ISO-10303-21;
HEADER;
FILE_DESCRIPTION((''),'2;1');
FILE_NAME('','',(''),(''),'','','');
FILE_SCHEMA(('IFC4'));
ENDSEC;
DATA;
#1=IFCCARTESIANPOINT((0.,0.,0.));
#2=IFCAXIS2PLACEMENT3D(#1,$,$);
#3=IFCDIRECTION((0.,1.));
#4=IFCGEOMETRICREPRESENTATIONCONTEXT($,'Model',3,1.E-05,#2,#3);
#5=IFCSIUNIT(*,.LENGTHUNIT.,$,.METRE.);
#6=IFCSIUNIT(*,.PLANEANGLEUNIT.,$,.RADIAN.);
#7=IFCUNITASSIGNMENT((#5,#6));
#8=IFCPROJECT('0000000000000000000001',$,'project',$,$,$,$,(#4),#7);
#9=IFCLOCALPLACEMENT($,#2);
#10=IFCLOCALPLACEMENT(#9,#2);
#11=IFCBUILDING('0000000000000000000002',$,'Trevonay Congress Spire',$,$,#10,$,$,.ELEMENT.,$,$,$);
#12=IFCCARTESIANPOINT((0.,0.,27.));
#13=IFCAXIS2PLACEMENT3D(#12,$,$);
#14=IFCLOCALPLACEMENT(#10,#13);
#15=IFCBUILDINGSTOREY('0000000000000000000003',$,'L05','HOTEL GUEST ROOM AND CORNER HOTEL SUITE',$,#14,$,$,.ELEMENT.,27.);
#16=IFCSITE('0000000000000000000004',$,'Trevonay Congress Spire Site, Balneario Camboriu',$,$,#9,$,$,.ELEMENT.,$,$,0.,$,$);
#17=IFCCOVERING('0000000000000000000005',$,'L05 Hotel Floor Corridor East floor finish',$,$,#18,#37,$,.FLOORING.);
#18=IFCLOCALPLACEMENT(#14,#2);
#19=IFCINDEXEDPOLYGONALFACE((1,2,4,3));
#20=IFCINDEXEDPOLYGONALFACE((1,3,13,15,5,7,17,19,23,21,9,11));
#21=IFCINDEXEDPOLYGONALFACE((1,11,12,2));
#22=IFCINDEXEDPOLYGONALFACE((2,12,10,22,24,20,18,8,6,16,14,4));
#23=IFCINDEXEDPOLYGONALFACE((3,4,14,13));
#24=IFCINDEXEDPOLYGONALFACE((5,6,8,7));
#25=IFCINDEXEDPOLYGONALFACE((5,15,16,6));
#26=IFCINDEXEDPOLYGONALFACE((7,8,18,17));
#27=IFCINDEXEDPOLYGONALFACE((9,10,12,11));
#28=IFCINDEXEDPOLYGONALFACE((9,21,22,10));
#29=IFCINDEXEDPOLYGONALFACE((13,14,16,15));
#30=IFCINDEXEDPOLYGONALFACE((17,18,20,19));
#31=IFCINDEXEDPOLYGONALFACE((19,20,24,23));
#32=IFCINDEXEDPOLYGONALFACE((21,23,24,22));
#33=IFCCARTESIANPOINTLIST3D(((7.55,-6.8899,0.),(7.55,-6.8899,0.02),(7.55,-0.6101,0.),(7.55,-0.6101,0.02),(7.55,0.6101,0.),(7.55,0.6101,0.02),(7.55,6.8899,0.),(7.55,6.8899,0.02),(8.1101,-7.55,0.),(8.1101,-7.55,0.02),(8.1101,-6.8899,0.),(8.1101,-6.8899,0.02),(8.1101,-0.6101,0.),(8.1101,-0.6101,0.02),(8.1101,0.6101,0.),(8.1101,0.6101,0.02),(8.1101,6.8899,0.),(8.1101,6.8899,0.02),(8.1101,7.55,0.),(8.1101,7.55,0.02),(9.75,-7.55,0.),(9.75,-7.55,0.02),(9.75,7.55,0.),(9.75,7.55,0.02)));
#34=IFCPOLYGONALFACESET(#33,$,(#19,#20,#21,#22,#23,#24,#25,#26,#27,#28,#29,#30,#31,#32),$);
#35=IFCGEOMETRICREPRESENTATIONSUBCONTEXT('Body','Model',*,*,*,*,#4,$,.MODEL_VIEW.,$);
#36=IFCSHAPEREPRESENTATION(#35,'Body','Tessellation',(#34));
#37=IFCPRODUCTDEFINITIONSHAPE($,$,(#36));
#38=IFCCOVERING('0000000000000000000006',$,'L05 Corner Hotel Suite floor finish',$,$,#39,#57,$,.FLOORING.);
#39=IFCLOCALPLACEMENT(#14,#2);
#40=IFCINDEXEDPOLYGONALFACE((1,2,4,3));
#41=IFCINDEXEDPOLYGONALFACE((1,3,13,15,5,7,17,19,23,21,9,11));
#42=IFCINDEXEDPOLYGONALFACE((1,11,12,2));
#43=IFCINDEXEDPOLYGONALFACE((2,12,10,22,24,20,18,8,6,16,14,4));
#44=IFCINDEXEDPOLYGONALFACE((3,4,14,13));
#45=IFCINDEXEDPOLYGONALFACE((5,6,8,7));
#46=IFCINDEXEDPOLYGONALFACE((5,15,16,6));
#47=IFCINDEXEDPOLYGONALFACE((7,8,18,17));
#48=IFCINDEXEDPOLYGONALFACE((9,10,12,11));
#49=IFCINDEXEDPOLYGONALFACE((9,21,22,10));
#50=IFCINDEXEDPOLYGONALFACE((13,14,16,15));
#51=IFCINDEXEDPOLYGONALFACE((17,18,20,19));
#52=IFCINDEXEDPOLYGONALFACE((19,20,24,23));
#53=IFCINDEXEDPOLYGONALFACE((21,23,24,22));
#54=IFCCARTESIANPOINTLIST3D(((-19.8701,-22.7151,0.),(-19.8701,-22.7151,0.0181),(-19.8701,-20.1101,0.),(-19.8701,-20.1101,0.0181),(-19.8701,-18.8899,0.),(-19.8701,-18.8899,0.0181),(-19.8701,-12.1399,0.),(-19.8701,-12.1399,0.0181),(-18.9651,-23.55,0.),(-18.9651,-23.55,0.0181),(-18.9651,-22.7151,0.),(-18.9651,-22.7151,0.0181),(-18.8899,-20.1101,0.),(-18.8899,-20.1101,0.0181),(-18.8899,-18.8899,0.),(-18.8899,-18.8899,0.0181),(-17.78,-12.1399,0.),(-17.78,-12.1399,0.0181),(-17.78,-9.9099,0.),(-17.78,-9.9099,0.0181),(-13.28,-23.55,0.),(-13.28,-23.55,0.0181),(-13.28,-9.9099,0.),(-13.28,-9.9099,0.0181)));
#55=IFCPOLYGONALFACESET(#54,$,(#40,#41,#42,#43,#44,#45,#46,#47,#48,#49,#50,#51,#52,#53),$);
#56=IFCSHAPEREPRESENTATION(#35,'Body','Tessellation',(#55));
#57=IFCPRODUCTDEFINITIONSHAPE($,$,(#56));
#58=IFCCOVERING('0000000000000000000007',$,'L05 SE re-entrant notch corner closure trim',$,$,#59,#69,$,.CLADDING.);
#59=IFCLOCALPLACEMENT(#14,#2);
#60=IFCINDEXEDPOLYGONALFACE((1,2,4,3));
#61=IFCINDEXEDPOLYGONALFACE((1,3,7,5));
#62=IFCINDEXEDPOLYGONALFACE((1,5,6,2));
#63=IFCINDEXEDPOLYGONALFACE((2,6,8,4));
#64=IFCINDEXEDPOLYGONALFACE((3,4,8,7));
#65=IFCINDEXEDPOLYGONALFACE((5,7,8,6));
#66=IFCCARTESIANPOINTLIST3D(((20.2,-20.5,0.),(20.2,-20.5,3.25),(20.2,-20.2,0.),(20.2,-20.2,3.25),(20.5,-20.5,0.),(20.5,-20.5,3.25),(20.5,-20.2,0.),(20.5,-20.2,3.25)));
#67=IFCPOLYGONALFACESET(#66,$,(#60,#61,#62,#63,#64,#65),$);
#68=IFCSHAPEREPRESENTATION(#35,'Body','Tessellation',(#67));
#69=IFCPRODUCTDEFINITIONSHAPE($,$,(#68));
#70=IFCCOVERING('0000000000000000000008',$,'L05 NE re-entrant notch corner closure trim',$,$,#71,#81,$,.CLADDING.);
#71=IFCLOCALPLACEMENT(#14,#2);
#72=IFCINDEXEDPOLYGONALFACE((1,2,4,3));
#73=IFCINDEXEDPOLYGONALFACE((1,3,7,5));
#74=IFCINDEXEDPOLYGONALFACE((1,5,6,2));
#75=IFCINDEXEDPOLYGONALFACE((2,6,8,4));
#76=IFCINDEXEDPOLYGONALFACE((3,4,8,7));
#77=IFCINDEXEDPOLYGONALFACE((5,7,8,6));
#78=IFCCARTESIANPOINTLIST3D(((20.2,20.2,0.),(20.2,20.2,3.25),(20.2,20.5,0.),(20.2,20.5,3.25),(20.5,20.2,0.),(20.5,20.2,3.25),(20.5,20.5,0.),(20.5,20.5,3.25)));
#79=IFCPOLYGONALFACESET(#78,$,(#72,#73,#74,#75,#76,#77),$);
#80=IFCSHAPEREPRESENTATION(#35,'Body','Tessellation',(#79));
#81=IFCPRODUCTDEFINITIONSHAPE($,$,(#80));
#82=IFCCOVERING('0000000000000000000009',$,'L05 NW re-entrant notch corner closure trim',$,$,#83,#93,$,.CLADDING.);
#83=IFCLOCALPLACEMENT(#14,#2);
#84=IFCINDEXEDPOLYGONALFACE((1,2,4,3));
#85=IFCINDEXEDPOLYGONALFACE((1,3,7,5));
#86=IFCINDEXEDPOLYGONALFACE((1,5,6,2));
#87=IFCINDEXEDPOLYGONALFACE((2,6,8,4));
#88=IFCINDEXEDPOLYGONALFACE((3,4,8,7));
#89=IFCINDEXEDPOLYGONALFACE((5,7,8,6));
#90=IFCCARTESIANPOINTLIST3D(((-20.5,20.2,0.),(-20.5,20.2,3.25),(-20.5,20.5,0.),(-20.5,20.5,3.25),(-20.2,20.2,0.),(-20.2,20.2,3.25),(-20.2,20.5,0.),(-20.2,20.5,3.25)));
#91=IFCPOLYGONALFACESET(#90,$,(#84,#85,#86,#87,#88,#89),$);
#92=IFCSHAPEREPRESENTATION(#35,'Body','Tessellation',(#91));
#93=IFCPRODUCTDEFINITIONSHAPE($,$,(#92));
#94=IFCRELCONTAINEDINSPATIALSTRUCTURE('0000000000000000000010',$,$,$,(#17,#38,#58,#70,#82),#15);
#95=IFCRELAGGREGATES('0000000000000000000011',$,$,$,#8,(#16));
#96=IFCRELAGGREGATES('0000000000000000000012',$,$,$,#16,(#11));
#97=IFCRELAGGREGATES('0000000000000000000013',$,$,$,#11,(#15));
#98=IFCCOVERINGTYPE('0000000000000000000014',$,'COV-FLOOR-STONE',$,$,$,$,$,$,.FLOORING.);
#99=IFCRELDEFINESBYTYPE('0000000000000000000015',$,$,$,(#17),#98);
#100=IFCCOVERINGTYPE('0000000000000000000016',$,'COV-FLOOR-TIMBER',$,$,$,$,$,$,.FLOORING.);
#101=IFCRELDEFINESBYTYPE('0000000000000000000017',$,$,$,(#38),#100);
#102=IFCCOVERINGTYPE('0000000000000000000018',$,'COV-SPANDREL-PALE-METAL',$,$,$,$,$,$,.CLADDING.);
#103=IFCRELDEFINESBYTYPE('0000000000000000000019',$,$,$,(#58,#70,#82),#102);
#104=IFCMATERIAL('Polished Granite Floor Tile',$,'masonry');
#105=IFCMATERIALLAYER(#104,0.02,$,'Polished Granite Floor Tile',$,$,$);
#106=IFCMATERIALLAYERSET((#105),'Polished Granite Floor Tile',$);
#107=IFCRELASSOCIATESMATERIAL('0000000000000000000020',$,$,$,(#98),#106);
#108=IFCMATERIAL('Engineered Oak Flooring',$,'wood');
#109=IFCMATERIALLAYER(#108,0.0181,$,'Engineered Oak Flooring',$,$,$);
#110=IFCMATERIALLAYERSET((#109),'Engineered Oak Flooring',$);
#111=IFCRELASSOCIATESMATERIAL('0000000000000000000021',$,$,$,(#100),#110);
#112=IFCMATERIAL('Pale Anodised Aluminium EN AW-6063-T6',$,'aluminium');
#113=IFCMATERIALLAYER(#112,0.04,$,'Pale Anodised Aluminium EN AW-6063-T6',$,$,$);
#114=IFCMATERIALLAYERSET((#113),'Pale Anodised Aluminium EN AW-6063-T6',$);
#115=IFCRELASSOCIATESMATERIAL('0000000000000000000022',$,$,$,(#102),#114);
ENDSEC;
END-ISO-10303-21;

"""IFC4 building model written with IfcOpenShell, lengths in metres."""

from ifc_helpers import new_model, si_unit, direction, frame, origin, place, context, subcontext, project, spatial, polyline, outline, extrude, material, layer, layer_set, type_object, element, save


model = new_model("IFC4")

# Units and contexts
model_context = context("Model", 3, precision=1e-05, world=origin(), true_north=direction((0.0, 1.0)))
body_context = subcontext(model_context, "Body", "Model", "MODEL_VIEW")
ifc_project = project(units=[si_unit("LENGTHUNIT", "METRE"), si_unit("PLANEANGLEUNIT", "RADIAN")], contexts=[model_context])

# Site, building, storey
site_placement = place(None, origin())
site = spatial("IfcSite", under=ifc_project, at=site_placement, Name="Trevonay Congress Spire Site, Balneario Camboriu", CompositionType="ELEMENT", RefElevation=0.0)
building_placement = place(site_placement, origin())
building = spatial("IfcBuilding", under=site, at=building_placement, Name="Trevonay Congress Spire", CompositionType="ELEMENT")
storey_placement = place(building_placement, frame((0.0, 0.0, 27.0)))
storey = spatial("IfcBuildingStorey", under=building, at=storey_placement, Name="L05", Description="HOTEL GUEST ROOM AND CORNER HOTEL SUITE", CompositionType="ELEMENT", Elevation=27.0)

# Shared definitions
ifc_material_1 = material(Name="Pale Anodised Aluminium EN AW-6063-T6", Category="aluminium")

# Coverings
ifc_material_2 = material(Name="Polished Granite Floor Tile", Category="masonry")
ifc_layer_1 = layer(ifc_material_2, 0.02, Name="Polished Granite Floor Tile")
ifc_layer_set_1 = layer_set([ifc_layer_1], Name="Polished Granite Floor Tile")
covering_type_1 = type_object("IfcCoveringType", Name="COV-FLOOR-STONE", PredefinedType="FLOORING", material=ifc_layer_set_1)
covering_1_placement = place(storey_placement, origin())
element("IfcCovering", 1, at=covering_1_placement, inside=storey, type_object=covering_type_1, Name="L05 Hotel Floor Corridor East floor finish", PredefinedType="FLOORING", context=body_context, shape_type="SweptSolid", body=[
    extrude(outline(polyline([(9.75, -7.55), (8.1101, -7.55), (8.1101, -6.8899), (7.55, -6.8899), (7.55, -0.6101), (8.1101, -0.6101), (8.1101, 0.6101), (7.55, 0.6101), (7.55, 6.8899), (8.1101, 6.8899), (8.1101, 7.55), (9.75, 7.55), (9.75, -7.55)])), origin(), (0.0, 0.0, 1.0), 0.02),
])
ifc_material_3 = material(Name="Engineered Oak Flooring", Category="wood")
ifc_layer_2 = layer(ifc_material_3, 0.0181, Name="Engineered Oak Flooring")
ifc_layer_set_2 = layer_set([ifc_layer_2], Name="Engineered Oak Flooring")
covering_type_2 = type_object("IfcCoveringType", Name="COV-FLOOR-TIMBER", PredefinedType="FLOORING", material=ifc_layer_set_2)
covering_2_placement = place(storey_placement, origin())
element("IfcCovering", 2, at=covering_2_placement, inside=storey, type_object=covering_type_2, Name="L05 Corner Hotel Suite floor finish", PredefinedType="FLOORING", context=body_context, shape_type="SweptSolid", body=[
    extrude(outline(polyline([(-19.8701, -12.1399), (-17.78, -12.1399), (-17.78, -9.9099), (-13.28, -9.9099), (-13.28, -23.55), (-18.9651, -23.55), (-18.9651, -22.7151), (-19.8701, -22.7151), (-19.8701, -20.1101), (-18.8899, -20.1101), (-18.8899, -18.8899), (-19.8701, -18.8899), (-19.8701, -12.1399)])), origin(), (0.0, 0.0, 1.0), 0.0181),
])
ifc_layer_3 = layer(ifc_material_1, 0.04, Name="Pale Anodised Aluminium EN AW-6063-T6")
ifc_layer_set_3 = layer_set([ifc_layer_3], Name="Pale Anodised Aluminium EN AW-6063-T6")
covering_type_3 = type_object("IfcCoveringType", Name="COV-SPANDREL-PALE-METAL", PredefinedType="CLADDING", material=ifc_layer_set_3)
covering_3_placement = place(storey_placement, origin())
element("IfcCovering", 3, at=covering_3_placement, inside=storey, type_object=covering_type_3, Name="L05 SE re-entrant notch corner closure trim", PredefinedType="CLADDING", context=body_context, shape_type="SweptSolid", body=[
    extrude(outline(polyline([(20.2, -20.5), (20.5, -20.5), (20.5, -20.2), (20.2, -20.2), (20.2, -20.5)])), origin(), (0.0, 0.0, 1.0), 3.25),
])
covering_4_placement = place(storey_placement, origin())
element("IfcCovering", 4, at=covering_4_placement, inside=storey, type_object=covering_type_3, Name="L05 NE re-entrant notch corner closure trim", PredefinedType="CLADDING", context=body_context, shape_type="SweptSolid", body=[
    extrude(outline(polyline([(20.2, 20.2), (20.5, 20.2), (20.5, 20.5), (20.2, 20.5), (20.2, 20.2)])), origin(), (0.0, 0.0, 1.0), 3.25),
])
covering_5_placement = place(storey_placement, origin())
element("IfcCovering", 5, at=covering_5_placement, inside=storey, type_object=covering_type_3, Name="L05 NW re-entrant notch corner closure trim", PredefinedType="CLADDING", context=body_context, shape_type="SweptSolid", body=[
    extrude(outline(polyline([(-20.5, 20.2), (-20.2, 20.2), (-20.2, 20.5), (-20.5, 20.5), (-20.5, 20.2)])), origin(), (0.0, 0.0, 1.0), 3.25),
])

save(model, "model.ifc")
